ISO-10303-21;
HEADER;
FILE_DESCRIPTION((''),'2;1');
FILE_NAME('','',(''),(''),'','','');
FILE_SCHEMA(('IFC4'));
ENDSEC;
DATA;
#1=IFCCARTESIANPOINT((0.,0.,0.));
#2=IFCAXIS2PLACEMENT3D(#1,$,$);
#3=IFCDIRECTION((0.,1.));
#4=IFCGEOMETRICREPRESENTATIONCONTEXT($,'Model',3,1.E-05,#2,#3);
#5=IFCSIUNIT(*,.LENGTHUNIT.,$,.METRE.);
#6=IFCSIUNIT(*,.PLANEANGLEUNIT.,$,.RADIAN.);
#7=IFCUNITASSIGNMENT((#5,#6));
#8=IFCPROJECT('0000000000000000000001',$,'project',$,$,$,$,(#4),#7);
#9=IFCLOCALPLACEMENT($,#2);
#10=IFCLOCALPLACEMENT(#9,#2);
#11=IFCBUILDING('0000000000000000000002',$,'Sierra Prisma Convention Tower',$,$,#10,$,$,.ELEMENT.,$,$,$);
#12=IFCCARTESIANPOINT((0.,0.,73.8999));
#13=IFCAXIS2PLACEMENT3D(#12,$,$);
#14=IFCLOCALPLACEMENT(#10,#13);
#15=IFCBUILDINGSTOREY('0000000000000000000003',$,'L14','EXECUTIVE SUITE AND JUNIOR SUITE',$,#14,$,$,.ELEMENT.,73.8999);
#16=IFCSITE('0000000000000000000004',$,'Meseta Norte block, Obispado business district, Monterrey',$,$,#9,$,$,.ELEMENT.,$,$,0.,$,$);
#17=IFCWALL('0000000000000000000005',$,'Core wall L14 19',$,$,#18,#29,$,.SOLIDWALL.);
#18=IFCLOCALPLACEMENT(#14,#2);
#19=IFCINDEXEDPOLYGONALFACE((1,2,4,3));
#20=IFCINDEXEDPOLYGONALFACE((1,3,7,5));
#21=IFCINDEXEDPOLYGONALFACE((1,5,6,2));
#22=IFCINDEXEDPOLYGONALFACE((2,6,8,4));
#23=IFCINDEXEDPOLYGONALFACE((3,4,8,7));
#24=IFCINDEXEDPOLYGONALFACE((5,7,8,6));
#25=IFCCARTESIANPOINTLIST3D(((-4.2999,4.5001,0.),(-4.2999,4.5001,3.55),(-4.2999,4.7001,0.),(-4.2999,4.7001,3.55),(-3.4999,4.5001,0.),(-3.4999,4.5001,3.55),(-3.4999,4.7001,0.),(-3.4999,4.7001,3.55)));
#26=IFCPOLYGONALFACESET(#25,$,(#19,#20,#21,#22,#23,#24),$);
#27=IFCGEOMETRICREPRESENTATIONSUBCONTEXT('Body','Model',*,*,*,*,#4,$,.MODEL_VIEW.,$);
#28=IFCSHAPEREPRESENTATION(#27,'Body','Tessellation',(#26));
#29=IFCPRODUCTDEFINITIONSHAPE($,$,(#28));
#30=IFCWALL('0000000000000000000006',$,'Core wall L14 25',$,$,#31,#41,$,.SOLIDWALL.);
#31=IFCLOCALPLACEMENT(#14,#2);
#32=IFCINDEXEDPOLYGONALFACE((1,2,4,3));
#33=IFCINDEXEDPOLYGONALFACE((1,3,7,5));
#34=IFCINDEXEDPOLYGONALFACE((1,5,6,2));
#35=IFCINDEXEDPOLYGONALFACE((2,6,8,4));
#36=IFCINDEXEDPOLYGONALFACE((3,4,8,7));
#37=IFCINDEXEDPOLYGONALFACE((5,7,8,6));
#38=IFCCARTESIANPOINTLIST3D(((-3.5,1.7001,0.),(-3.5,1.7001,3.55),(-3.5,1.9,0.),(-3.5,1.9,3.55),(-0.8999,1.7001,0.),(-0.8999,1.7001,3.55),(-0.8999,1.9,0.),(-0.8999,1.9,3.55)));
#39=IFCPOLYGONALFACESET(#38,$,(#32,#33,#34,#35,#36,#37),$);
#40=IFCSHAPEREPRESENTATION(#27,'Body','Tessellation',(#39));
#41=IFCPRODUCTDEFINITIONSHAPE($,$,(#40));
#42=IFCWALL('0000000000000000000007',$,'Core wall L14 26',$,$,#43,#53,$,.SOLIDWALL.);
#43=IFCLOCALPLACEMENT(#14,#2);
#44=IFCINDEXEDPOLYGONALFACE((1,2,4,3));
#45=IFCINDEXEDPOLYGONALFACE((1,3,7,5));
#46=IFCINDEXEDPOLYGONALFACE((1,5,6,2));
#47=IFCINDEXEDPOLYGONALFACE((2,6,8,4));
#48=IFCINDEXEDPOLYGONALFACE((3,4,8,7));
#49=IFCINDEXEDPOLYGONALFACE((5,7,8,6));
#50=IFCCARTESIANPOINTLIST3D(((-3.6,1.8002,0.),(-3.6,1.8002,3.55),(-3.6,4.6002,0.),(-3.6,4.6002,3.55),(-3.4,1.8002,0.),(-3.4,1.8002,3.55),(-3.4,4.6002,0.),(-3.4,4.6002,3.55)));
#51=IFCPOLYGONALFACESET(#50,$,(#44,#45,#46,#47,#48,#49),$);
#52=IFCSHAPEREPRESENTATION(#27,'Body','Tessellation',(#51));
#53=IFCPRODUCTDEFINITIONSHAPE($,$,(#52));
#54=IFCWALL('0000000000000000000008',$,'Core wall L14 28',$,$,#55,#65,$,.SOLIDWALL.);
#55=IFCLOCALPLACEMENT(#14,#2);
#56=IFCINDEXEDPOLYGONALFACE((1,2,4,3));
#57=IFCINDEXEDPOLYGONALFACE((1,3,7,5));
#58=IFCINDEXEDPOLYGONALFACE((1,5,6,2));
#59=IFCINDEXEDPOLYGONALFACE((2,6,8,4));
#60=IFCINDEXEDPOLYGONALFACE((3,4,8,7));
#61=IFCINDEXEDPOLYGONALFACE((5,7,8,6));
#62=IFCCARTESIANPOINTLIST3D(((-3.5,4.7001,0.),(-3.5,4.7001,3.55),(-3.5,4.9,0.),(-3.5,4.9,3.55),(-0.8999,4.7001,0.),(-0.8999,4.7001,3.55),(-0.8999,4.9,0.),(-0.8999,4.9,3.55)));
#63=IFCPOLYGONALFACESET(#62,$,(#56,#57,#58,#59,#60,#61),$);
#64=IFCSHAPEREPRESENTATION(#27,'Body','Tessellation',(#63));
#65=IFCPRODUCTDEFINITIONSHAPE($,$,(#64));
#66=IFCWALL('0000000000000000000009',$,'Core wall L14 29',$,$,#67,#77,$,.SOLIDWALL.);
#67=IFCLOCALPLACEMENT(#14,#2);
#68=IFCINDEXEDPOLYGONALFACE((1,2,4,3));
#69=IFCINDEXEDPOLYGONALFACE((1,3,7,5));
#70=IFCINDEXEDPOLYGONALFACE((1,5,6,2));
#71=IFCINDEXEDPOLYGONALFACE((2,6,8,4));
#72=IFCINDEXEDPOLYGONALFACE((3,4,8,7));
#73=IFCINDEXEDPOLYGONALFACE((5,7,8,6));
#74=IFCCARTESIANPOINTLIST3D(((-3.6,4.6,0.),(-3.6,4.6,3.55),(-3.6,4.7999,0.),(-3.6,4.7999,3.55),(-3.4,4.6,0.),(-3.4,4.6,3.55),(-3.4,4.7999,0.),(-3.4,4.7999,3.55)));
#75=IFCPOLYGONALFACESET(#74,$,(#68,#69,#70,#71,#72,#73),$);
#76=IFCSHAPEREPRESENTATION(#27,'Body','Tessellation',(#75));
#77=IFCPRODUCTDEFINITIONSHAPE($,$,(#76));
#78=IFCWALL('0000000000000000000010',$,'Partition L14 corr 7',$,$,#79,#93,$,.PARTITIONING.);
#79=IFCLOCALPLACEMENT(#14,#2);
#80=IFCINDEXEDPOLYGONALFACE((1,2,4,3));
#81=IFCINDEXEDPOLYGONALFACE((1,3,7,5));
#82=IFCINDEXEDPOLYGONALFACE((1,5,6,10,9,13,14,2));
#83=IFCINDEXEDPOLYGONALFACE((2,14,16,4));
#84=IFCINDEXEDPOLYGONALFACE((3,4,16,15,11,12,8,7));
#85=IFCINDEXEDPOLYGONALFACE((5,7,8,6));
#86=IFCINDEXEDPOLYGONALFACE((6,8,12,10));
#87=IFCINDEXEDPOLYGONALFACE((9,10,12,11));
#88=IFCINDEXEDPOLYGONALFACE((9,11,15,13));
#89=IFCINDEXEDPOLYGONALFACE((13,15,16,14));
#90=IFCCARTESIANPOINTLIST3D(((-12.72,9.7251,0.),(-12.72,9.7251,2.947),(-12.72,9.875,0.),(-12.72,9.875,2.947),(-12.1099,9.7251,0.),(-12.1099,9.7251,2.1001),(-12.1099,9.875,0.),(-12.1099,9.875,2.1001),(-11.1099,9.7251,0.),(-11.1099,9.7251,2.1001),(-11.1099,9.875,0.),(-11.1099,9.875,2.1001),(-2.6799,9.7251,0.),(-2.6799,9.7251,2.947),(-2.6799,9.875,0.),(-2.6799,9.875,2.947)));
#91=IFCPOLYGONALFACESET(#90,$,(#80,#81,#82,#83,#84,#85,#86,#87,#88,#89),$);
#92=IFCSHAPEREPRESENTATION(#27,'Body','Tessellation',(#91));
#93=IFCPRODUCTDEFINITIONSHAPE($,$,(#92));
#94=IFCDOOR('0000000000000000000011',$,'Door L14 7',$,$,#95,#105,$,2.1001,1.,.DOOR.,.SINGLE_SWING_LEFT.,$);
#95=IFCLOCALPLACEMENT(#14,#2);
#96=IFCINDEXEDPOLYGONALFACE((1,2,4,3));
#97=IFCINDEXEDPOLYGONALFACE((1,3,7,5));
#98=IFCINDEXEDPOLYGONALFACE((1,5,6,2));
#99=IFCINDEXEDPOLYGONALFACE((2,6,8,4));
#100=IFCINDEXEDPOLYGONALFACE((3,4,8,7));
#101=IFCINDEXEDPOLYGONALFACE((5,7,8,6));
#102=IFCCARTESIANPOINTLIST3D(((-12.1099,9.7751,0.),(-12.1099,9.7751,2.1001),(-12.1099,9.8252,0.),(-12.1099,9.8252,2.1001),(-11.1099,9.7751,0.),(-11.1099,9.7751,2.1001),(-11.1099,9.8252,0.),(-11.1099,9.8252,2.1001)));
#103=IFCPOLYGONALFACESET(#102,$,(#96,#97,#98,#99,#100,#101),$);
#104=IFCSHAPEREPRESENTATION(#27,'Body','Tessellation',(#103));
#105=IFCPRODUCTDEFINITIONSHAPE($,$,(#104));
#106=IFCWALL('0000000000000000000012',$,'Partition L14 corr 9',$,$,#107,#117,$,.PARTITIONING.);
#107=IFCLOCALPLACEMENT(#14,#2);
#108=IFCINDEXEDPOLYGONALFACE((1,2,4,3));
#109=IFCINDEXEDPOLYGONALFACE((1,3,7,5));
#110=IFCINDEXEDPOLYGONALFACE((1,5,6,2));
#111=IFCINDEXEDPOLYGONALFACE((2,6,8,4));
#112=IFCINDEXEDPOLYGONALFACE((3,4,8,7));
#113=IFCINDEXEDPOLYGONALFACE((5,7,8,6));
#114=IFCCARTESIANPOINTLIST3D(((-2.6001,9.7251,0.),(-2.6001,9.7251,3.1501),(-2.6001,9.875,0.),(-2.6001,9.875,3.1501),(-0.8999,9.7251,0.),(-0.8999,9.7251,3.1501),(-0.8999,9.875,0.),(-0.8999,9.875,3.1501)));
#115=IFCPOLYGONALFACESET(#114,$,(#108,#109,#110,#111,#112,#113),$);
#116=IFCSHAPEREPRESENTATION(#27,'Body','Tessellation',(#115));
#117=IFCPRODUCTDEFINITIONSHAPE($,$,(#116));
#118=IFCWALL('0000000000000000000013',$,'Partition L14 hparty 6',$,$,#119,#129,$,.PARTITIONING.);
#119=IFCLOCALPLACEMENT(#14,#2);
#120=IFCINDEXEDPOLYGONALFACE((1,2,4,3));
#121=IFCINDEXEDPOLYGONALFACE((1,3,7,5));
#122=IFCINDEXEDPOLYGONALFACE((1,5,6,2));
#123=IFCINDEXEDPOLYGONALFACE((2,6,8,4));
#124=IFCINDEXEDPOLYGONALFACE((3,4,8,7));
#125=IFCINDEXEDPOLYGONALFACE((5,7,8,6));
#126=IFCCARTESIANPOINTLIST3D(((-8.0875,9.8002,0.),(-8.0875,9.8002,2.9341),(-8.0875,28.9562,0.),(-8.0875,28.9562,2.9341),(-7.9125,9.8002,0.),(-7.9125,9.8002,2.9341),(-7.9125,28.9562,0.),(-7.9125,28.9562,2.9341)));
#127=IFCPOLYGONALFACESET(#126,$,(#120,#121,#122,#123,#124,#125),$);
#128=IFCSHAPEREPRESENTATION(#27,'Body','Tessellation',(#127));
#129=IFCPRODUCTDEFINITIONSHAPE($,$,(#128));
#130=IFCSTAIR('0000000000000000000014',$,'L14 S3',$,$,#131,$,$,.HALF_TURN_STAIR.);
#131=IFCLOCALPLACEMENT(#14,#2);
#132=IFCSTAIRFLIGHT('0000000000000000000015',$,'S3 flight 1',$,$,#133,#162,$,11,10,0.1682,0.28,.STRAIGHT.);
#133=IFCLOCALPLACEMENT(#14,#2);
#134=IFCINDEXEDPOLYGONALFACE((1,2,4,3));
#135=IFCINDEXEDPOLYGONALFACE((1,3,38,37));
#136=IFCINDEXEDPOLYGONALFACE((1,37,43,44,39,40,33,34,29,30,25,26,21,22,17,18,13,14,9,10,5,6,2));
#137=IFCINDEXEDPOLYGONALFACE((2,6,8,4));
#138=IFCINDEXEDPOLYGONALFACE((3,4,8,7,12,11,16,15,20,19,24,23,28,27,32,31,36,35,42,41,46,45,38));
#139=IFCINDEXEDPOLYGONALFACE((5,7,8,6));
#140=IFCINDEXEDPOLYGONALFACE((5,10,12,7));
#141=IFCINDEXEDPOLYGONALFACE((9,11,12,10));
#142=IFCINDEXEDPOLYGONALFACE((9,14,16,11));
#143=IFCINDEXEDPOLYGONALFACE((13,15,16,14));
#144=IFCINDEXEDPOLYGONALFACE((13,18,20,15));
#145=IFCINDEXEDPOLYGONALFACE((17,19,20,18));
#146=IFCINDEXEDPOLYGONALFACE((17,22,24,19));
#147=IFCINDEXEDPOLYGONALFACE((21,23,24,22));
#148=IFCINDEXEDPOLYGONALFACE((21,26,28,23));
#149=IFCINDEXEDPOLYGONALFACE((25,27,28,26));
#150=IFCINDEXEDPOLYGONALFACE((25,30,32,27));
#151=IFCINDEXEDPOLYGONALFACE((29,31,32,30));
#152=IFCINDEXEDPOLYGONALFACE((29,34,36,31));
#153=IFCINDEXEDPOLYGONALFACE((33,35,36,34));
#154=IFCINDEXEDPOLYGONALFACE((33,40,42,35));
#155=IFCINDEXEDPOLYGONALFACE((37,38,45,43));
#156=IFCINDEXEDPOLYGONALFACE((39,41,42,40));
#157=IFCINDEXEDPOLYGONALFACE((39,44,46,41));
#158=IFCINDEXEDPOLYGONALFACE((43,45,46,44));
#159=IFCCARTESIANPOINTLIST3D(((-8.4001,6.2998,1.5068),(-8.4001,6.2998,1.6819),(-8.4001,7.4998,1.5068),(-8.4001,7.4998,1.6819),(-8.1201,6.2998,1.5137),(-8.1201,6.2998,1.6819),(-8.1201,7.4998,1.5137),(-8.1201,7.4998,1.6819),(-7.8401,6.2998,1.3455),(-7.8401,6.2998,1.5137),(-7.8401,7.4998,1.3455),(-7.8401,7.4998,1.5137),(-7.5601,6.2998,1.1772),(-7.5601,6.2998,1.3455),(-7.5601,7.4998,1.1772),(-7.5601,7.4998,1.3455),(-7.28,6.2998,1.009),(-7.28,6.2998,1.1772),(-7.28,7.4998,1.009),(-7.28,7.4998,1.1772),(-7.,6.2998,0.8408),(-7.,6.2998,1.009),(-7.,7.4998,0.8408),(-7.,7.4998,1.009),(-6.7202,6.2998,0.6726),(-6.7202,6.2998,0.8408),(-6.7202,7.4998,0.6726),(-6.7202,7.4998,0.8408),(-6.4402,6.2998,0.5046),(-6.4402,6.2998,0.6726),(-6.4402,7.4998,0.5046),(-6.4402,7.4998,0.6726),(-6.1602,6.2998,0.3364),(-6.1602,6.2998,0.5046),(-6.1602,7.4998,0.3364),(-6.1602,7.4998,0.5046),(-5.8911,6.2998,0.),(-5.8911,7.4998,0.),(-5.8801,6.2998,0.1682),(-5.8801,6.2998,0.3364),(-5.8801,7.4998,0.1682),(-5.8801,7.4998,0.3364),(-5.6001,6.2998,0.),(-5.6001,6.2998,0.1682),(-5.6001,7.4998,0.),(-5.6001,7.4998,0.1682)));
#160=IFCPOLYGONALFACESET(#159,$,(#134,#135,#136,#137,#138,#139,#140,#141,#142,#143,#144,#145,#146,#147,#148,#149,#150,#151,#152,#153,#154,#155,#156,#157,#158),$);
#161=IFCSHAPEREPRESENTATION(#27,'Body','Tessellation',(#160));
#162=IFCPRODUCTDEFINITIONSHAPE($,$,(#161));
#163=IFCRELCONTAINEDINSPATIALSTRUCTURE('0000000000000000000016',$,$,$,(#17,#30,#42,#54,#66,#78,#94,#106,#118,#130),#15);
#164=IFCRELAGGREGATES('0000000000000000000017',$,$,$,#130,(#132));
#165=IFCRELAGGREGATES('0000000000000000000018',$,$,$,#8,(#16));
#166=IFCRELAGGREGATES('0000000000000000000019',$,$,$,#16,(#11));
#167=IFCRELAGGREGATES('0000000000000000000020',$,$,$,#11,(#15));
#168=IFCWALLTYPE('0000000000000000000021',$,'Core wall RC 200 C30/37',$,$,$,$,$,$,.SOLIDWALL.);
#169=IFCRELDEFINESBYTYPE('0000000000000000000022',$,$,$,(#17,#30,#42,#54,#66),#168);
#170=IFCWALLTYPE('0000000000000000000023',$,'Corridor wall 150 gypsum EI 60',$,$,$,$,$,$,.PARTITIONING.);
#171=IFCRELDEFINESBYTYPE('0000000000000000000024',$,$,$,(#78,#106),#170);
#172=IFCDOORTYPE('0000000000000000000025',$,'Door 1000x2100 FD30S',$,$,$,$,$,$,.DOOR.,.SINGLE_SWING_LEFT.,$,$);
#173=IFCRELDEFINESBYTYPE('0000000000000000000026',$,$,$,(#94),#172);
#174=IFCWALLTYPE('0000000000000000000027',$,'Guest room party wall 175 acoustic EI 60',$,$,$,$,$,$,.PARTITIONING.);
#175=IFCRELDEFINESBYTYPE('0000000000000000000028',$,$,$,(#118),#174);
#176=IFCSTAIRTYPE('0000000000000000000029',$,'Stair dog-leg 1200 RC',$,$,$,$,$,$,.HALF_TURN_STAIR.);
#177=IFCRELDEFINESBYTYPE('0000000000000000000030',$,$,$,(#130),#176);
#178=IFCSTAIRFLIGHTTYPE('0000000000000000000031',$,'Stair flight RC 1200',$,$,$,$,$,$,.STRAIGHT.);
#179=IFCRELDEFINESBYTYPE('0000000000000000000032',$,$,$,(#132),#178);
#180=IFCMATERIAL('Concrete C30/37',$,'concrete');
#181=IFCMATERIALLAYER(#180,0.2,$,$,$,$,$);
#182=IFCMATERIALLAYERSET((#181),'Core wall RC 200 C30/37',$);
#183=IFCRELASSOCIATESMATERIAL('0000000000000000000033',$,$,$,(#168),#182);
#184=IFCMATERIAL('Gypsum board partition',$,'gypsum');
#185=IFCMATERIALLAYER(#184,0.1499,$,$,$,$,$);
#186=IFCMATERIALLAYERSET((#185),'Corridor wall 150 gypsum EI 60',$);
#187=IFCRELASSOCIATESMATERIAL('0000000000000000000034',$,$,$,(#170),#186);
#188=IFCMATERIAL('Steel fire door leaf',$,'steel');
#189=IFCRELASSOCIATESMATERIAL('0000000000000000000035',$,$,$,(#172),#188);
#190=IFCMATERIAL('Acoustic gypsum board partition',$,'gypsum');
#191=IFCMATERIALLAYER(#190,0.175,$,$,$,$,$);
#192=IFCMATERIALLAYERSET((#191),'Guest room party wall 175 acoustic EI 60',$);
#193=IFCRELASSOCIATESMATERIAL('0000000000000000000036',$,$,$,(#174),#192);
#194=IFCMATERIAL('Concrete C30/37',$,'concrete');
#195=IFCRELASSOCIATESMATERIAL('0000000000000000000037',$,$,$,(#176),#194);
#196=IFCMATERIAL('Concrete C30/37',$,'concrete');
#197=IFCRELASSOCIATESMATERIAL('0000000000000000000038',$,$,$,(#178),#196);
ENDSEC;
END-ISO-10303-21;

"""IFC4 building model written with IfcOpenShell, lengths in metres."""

from ifc_helpers import new_model, si_unit, direction, frame, frame_2d, origin, place, context, subcontext, project, spatial, polyline, rectangle, outline, extrude, material, layer, layer_set, type_object, element, fill, aggregate, save


model = new_model("IFC4")

# Units and contexts
model_context = context("Model", 3, precision=1e-05, world=origin(), true_north=direction((0.0, 1.0)))
body_context = subcontext(model_context, "Body", "Model", "MODEL_VIEW")
ifc_project = project(units=[si_unit("LENGTHUNIT", "METRE"), si_unit("PLANEANGLEUNIT", "RADIAN")], contexts=[model_context])

# Site, building, storey
site_placement = place(None, origin())
site = spatial("IfcSite", under=ifc_project, at=site_placement, Name="Meseta Norte block, Obispado business district, Monterrey", CompositionType="ELEMENT", RefElevation=0.0)
building_placement = place(site_placement, origin())
building = spatial("IfcBuilding", under=site, at=building_placement, Name="Sierra Prisma Convention Tower", CompositionType="ELEMENT")
storey_placement = place(building_placement, frame((0.0, 0.0, 73.8999)))
storey = spatial("IfcBuildingStorey", under=building, at=storey_placement, Name="L14", Description="EXECUTIVE SUITE AND JUNIOR SUITE", CompositionType="ELEMENT", Elevation=73.8999)

# Wall
ifc_material_1 = material(Name="Concrete C30/37", Category="concrete")
ifc_layer_1 = layer(ifc_material_1, 0.2)
ifc_layer_set_1 = layer_set([ifc_layer_1], Name="Core wall RC 200 C30/37")
wall_type_1 = type_object("IfcWallType", Name="Core wall RC 200 C30/37", PredefinedType="SOLIDWALL", material=ifc_layer_set_1)
wall_1_placement = place(storey_placement, frame((-3.5, 4.6001, 0.0), z_axis=(0.0, 0.0, 1.0), x_axis=(-1.0, 0.0, 0.0)))
element("IfcWall", 1, at=wall_1_placement, inside=storey, type_object=wall_type_1, Name="Core wall L14 19", PredefinedType="SOLIDWALL", context=body_context, shape_type="SweptSolid", body=[
    extrude(rectangle(XDim=0.8, YDim=0.2, at=frame_2d((0.3999, 0.0))), origin(), (0.0, 0.0, 1.0), 3.55),
])

# Walls
wall_2_placement = place(storey_placement, frame((-0.8999, 1.8, 0.0), z_axis=(0.0, 0.0, 1.0), x_axis=(-1.0, 0.0, 0.0)))
element("IfcWall", 2, at=wall_2_placement, inside=storey, type_object=wall_type_1, Name="Core wall L14 25", PredefinedType="SOLIDWALL", context=body_context, shape_type="SweptSolid", body=[
    extrude(rectangle(XDim=2.6001, YDim=0.2, at=frame_2d((1.3, 0.0))), origin(), (0.0, 0.0, 1.0), 3.55),
])
wall_3_placement = place(storey_placement, frame((-3.5, 4.6001, 0.0), z_axis=(0.0, 0.0, 1.0), x_axis=(0.0, -1.0, 0.0)))
element("IfcWall", 3, at=wall_3_placement, inside=storey, type_object=wall_type_1, Name="Core wall L14 26", PredefinedType="SOLIDWALL", context=body_context, shape_type="SweptSolid", body=[
    extrude(rectangle(XDim=2.8, YDim=0.2, at=frame_2d((1.3999, 0.0))), origin(), (0.0, 0.0, 1.0), 3.55),
])

# Walls
wall_4_placement = place(storey_placement, frame((-0.8999, 4.8, 0.0), z_axis=(0.0, 0.0, 1.0), x_axis=(-1.0, 0.0, 0.0)))
element("IfcWall", 4, at=wall_4_placement, inside=storey, type_object=wall_type_1, Name="Core wall L14 28", PredefinedType="SOLIDWALL", context=body_context, shape_type="SweptSolid", body=[
    extrude(rectangle(XDim=2.6001, YDim=0.2, at=frame_2d((1.3, 0.0))), origin(), (0.0, 0.0, 1.0), 3.55),
])
wall_5_placement = place(storey_placement, frame((-3.5, 4.8, 0.0), z_axis=(0.0, 0.0, 1.0), x_axis=(0.0, -1.0, 0.0)))
element("IfcWall", 5, at=wall_5_placement, inside=storey, type_object=wall_type_1, Name="Core wall L14 29", PredefinedType="SOLIDWALL", context=body_context, shape_type="SweptSolid", body=[
    extrude(rectangle(XDim=0.2, YDim=0.2, at=frame_2d((0.1001, 0.0))), origin(), (0.0, 0.0, 1.0), 3.55),
])

# Wall, opening, door
ifc_material_2 = material(Name="Gypsum board partition", Category="gypsum")
ifc_layer_2 = layer(ifc_material_2, 0.1499)
ifc_layer_set_2 = layer_set([ifc_layer_2], Name="Corridor wall 150 gypsum EI 60")
wall_type_2 = type_object("IfcWallType", Name="Corridor wall 150 gypsum EI 60", PredefinedType="PARTITIONING", material=ifc_layer_set_2)
wall_6_placement = place(storey_placement, frame((-2.6799, 9.8, 0.0), z_axis=(0.0, 0.0, 1.0), x_axis=(-1.0, 0.0, 0.0)))
wall_6 = element("IfcWall", 6, at=wall_6_placement, inside=storey, type_object=wall_type_2, Name="Partition L14 corr 7", PredefinedType="PARTITIONING", context=body_context, shape_type="SweptSolid", body=[
    extrude(rectangle(XDim=10.04, YDim=0.1499, at=frame_2d((5.02, 0.0))), origin(), (0.0, 0.0, 1.0), 2.947),
])
opening_1_placement = place(wall_6_placement, frame((8.4299, 0.0, 0.0)))
opening_1 = element("IfcOpeningElement", 7, at=opening_1_placement, cuts=wall_6, PredefinedType="OPENING", context=body_context, shape_type="SweptSolid", body=[
    extrude(rectangle(XDim=1.0, YDim=2.1001, at=frame_2d((0.5, 1.05))), frame((0.0, 0.075, 0.0), z_axis=(0.0, -1.0, 0.0), x_axis=(1.0, 0.0, 0.0)), (0.0, 0.0, 1.0), 0.1499),
])
ifc_material_3 = material(Name="Steel fire door leaf", Category="steel")
door_type_1 = type_object("IfcDoorType", Name="Door 1000x2100 FD30S", OperationType="SINGLE_SWING_LEFT", PredefinedType="DOOR", material=ifc_material_3)
door_1_placement = place(opening_1_placement, origin())
door_1 = element("IfcDoor", 8, at=door_1_placement, inside=storey, type_object=door_type_1, Name="Door L14 7", OperationType="SINGLE_SWING_LEFT", OverallHeight=2.1001, OverallWidth=1.0, PredefinedType="DOOR", context=body_context, shape_type="SweptSolid", body=[
    extrude(rectangle(XDim=1.0, YDim=2.1001, at=frame_2d((0.5, 1.05))), frame((0.0, 0.0249, 0.0), z_axis=(0.0, -1.0, 0.0), x_axis=(1.0, 0.0, 0.0)), (0.0, 0.0, 1.0), 0.05),
])
fill(opening_1, door_1)

# Walls
wall_7_placement = place(storey_placement, frame((-0.8999, 9.8, 0.0), z_axis=(0.0, 0.0, 1.0), x_axis=(-1.0, 0.0, 0.0)))
element("IfcWall", 9, at=wall_7_placement, inside=storey, type_object=wall_type_2, Name="Partition L14 corr 9", PredefinedType="PARTITIONING", context=body_context, shape_type="SweptSolid", body=[
    extrude(rectangle(XDim=1.7002, YDim=0.1499, at=frame_2d((0.8501, 0.0))), origin(), (0.0, 0.0, 1.0), 3.1501),
])
ifc_material_4 = material(Name="Acoustic gypsum board partition", Category="gypsum")
ifc_layer_3 = layer(ifc_material_4, 0.175)
ifc_layer_set_3 = layer_set([ifc_layer_3], Name="Guest room party wall 175 acoustic EI 60")
wall_type_3 = type_object("IfcWallType", Name="Guest room party wall 175 acoustic EI 60", PredefinedType="PARTITIONING", material=ifc_layer_set_3)
wall_8_placement = place(storey_placement, frame((-8.0, 9.8, 0.0), z_axis=(0.0, 0.0, 1.0), x_axis=(0.0, 1.0, 0.0)))
element("IfcWall", 10, at=wall_8_placement, inside=storey, type_object=wall_type_3, Name="Partition L14 hparty 6", PredefinedType="PARTITIONING", context=body_context, shape_type="SweptSolid", body=[
    extrude(rectangle(XDim=19.156, YDim=0.175, at=frame_2d((9.5781, 0.0))), origin(), (0.0, 0.0, 1.0), 2.9341),
])

# Stair, stair flight
ifc_material_5 = material(Name="Concrete C30/37", Category="concrete")
stair_type = type_object("IfcStairType", Name="Stair dog-leg 1200 RC", PredefinedType="HALF_TURN_STAIR", material=ifc_material_5)
stair_placement = place(storey_placement, origin())
stair = element("IfcStair", 11, at=stair_placement, inside=storey, type_object=stair_type, Name="L14 S3", PredefinedType="HALF_TURN_STAIR")
ifc_material_6 = material(Name="Concrete C30/37", Category="concrete")
stair_flight_type = type_object("IfcStairFlightType", Name="Stair flight RC 1200", PredefinedType="STRAIGHT", material=ifc_material_6)
stair_flight_1_placement = place(storey_placement, frame((-5.6001, 6.8999, 0.0), z_axis=(0.0, 0.0, 1.0), x_axis=(-1.0, 0.0, 0.0)))
stair_flight_1 = element("IfcStairFlight", 12, at=stair_flight_1_placement, type_object=stair_flight_type, Name="S3 flight 1", NumberOfRisers=11, NumberOfTreads=10, PredefinedType="STRAIGHT", RiserHeight=0.1682, TreadLength=0.28, context=body_context, shape_type="SweptSolid", body=[
    extrude(outline(polyline([(0.0, 0.0), (0.0, 0.1682), (0.28, 0.1682), (0.28, 0.3364), (0.5601, 0.3364), (0.5601, 0.5046), (0.8401, 0.5046), (0.8401, 0.6726), (1.1201, 0.6726), (1.1201, 0.8408), (1.3999, 0.8408), (1.3999, 1.009), (1.6799, 1.009), (1.6799, 1.1772), (1.96, 1.1772), (1.96, 1.3455), (2.24, 1.3455), (2.24, 1.5137), (2.52, 1.5137), (2.52, 1.6819), (2.8, 1.6819), (2.8, 1.8501), (2.8, 1.5068), (0.291, 0.0), (0.0, 0.0)])), frame((0.0, 0.6001, 0.0), z_axis=(0.0, -1.0, 0.0), x_axis=(1.0, 0.0, 0.0)), (0.0, 0.0, 1.0), 1.2),
])
aggregate(stair, [stair_flight_1])

save(model, "model.ifc")
